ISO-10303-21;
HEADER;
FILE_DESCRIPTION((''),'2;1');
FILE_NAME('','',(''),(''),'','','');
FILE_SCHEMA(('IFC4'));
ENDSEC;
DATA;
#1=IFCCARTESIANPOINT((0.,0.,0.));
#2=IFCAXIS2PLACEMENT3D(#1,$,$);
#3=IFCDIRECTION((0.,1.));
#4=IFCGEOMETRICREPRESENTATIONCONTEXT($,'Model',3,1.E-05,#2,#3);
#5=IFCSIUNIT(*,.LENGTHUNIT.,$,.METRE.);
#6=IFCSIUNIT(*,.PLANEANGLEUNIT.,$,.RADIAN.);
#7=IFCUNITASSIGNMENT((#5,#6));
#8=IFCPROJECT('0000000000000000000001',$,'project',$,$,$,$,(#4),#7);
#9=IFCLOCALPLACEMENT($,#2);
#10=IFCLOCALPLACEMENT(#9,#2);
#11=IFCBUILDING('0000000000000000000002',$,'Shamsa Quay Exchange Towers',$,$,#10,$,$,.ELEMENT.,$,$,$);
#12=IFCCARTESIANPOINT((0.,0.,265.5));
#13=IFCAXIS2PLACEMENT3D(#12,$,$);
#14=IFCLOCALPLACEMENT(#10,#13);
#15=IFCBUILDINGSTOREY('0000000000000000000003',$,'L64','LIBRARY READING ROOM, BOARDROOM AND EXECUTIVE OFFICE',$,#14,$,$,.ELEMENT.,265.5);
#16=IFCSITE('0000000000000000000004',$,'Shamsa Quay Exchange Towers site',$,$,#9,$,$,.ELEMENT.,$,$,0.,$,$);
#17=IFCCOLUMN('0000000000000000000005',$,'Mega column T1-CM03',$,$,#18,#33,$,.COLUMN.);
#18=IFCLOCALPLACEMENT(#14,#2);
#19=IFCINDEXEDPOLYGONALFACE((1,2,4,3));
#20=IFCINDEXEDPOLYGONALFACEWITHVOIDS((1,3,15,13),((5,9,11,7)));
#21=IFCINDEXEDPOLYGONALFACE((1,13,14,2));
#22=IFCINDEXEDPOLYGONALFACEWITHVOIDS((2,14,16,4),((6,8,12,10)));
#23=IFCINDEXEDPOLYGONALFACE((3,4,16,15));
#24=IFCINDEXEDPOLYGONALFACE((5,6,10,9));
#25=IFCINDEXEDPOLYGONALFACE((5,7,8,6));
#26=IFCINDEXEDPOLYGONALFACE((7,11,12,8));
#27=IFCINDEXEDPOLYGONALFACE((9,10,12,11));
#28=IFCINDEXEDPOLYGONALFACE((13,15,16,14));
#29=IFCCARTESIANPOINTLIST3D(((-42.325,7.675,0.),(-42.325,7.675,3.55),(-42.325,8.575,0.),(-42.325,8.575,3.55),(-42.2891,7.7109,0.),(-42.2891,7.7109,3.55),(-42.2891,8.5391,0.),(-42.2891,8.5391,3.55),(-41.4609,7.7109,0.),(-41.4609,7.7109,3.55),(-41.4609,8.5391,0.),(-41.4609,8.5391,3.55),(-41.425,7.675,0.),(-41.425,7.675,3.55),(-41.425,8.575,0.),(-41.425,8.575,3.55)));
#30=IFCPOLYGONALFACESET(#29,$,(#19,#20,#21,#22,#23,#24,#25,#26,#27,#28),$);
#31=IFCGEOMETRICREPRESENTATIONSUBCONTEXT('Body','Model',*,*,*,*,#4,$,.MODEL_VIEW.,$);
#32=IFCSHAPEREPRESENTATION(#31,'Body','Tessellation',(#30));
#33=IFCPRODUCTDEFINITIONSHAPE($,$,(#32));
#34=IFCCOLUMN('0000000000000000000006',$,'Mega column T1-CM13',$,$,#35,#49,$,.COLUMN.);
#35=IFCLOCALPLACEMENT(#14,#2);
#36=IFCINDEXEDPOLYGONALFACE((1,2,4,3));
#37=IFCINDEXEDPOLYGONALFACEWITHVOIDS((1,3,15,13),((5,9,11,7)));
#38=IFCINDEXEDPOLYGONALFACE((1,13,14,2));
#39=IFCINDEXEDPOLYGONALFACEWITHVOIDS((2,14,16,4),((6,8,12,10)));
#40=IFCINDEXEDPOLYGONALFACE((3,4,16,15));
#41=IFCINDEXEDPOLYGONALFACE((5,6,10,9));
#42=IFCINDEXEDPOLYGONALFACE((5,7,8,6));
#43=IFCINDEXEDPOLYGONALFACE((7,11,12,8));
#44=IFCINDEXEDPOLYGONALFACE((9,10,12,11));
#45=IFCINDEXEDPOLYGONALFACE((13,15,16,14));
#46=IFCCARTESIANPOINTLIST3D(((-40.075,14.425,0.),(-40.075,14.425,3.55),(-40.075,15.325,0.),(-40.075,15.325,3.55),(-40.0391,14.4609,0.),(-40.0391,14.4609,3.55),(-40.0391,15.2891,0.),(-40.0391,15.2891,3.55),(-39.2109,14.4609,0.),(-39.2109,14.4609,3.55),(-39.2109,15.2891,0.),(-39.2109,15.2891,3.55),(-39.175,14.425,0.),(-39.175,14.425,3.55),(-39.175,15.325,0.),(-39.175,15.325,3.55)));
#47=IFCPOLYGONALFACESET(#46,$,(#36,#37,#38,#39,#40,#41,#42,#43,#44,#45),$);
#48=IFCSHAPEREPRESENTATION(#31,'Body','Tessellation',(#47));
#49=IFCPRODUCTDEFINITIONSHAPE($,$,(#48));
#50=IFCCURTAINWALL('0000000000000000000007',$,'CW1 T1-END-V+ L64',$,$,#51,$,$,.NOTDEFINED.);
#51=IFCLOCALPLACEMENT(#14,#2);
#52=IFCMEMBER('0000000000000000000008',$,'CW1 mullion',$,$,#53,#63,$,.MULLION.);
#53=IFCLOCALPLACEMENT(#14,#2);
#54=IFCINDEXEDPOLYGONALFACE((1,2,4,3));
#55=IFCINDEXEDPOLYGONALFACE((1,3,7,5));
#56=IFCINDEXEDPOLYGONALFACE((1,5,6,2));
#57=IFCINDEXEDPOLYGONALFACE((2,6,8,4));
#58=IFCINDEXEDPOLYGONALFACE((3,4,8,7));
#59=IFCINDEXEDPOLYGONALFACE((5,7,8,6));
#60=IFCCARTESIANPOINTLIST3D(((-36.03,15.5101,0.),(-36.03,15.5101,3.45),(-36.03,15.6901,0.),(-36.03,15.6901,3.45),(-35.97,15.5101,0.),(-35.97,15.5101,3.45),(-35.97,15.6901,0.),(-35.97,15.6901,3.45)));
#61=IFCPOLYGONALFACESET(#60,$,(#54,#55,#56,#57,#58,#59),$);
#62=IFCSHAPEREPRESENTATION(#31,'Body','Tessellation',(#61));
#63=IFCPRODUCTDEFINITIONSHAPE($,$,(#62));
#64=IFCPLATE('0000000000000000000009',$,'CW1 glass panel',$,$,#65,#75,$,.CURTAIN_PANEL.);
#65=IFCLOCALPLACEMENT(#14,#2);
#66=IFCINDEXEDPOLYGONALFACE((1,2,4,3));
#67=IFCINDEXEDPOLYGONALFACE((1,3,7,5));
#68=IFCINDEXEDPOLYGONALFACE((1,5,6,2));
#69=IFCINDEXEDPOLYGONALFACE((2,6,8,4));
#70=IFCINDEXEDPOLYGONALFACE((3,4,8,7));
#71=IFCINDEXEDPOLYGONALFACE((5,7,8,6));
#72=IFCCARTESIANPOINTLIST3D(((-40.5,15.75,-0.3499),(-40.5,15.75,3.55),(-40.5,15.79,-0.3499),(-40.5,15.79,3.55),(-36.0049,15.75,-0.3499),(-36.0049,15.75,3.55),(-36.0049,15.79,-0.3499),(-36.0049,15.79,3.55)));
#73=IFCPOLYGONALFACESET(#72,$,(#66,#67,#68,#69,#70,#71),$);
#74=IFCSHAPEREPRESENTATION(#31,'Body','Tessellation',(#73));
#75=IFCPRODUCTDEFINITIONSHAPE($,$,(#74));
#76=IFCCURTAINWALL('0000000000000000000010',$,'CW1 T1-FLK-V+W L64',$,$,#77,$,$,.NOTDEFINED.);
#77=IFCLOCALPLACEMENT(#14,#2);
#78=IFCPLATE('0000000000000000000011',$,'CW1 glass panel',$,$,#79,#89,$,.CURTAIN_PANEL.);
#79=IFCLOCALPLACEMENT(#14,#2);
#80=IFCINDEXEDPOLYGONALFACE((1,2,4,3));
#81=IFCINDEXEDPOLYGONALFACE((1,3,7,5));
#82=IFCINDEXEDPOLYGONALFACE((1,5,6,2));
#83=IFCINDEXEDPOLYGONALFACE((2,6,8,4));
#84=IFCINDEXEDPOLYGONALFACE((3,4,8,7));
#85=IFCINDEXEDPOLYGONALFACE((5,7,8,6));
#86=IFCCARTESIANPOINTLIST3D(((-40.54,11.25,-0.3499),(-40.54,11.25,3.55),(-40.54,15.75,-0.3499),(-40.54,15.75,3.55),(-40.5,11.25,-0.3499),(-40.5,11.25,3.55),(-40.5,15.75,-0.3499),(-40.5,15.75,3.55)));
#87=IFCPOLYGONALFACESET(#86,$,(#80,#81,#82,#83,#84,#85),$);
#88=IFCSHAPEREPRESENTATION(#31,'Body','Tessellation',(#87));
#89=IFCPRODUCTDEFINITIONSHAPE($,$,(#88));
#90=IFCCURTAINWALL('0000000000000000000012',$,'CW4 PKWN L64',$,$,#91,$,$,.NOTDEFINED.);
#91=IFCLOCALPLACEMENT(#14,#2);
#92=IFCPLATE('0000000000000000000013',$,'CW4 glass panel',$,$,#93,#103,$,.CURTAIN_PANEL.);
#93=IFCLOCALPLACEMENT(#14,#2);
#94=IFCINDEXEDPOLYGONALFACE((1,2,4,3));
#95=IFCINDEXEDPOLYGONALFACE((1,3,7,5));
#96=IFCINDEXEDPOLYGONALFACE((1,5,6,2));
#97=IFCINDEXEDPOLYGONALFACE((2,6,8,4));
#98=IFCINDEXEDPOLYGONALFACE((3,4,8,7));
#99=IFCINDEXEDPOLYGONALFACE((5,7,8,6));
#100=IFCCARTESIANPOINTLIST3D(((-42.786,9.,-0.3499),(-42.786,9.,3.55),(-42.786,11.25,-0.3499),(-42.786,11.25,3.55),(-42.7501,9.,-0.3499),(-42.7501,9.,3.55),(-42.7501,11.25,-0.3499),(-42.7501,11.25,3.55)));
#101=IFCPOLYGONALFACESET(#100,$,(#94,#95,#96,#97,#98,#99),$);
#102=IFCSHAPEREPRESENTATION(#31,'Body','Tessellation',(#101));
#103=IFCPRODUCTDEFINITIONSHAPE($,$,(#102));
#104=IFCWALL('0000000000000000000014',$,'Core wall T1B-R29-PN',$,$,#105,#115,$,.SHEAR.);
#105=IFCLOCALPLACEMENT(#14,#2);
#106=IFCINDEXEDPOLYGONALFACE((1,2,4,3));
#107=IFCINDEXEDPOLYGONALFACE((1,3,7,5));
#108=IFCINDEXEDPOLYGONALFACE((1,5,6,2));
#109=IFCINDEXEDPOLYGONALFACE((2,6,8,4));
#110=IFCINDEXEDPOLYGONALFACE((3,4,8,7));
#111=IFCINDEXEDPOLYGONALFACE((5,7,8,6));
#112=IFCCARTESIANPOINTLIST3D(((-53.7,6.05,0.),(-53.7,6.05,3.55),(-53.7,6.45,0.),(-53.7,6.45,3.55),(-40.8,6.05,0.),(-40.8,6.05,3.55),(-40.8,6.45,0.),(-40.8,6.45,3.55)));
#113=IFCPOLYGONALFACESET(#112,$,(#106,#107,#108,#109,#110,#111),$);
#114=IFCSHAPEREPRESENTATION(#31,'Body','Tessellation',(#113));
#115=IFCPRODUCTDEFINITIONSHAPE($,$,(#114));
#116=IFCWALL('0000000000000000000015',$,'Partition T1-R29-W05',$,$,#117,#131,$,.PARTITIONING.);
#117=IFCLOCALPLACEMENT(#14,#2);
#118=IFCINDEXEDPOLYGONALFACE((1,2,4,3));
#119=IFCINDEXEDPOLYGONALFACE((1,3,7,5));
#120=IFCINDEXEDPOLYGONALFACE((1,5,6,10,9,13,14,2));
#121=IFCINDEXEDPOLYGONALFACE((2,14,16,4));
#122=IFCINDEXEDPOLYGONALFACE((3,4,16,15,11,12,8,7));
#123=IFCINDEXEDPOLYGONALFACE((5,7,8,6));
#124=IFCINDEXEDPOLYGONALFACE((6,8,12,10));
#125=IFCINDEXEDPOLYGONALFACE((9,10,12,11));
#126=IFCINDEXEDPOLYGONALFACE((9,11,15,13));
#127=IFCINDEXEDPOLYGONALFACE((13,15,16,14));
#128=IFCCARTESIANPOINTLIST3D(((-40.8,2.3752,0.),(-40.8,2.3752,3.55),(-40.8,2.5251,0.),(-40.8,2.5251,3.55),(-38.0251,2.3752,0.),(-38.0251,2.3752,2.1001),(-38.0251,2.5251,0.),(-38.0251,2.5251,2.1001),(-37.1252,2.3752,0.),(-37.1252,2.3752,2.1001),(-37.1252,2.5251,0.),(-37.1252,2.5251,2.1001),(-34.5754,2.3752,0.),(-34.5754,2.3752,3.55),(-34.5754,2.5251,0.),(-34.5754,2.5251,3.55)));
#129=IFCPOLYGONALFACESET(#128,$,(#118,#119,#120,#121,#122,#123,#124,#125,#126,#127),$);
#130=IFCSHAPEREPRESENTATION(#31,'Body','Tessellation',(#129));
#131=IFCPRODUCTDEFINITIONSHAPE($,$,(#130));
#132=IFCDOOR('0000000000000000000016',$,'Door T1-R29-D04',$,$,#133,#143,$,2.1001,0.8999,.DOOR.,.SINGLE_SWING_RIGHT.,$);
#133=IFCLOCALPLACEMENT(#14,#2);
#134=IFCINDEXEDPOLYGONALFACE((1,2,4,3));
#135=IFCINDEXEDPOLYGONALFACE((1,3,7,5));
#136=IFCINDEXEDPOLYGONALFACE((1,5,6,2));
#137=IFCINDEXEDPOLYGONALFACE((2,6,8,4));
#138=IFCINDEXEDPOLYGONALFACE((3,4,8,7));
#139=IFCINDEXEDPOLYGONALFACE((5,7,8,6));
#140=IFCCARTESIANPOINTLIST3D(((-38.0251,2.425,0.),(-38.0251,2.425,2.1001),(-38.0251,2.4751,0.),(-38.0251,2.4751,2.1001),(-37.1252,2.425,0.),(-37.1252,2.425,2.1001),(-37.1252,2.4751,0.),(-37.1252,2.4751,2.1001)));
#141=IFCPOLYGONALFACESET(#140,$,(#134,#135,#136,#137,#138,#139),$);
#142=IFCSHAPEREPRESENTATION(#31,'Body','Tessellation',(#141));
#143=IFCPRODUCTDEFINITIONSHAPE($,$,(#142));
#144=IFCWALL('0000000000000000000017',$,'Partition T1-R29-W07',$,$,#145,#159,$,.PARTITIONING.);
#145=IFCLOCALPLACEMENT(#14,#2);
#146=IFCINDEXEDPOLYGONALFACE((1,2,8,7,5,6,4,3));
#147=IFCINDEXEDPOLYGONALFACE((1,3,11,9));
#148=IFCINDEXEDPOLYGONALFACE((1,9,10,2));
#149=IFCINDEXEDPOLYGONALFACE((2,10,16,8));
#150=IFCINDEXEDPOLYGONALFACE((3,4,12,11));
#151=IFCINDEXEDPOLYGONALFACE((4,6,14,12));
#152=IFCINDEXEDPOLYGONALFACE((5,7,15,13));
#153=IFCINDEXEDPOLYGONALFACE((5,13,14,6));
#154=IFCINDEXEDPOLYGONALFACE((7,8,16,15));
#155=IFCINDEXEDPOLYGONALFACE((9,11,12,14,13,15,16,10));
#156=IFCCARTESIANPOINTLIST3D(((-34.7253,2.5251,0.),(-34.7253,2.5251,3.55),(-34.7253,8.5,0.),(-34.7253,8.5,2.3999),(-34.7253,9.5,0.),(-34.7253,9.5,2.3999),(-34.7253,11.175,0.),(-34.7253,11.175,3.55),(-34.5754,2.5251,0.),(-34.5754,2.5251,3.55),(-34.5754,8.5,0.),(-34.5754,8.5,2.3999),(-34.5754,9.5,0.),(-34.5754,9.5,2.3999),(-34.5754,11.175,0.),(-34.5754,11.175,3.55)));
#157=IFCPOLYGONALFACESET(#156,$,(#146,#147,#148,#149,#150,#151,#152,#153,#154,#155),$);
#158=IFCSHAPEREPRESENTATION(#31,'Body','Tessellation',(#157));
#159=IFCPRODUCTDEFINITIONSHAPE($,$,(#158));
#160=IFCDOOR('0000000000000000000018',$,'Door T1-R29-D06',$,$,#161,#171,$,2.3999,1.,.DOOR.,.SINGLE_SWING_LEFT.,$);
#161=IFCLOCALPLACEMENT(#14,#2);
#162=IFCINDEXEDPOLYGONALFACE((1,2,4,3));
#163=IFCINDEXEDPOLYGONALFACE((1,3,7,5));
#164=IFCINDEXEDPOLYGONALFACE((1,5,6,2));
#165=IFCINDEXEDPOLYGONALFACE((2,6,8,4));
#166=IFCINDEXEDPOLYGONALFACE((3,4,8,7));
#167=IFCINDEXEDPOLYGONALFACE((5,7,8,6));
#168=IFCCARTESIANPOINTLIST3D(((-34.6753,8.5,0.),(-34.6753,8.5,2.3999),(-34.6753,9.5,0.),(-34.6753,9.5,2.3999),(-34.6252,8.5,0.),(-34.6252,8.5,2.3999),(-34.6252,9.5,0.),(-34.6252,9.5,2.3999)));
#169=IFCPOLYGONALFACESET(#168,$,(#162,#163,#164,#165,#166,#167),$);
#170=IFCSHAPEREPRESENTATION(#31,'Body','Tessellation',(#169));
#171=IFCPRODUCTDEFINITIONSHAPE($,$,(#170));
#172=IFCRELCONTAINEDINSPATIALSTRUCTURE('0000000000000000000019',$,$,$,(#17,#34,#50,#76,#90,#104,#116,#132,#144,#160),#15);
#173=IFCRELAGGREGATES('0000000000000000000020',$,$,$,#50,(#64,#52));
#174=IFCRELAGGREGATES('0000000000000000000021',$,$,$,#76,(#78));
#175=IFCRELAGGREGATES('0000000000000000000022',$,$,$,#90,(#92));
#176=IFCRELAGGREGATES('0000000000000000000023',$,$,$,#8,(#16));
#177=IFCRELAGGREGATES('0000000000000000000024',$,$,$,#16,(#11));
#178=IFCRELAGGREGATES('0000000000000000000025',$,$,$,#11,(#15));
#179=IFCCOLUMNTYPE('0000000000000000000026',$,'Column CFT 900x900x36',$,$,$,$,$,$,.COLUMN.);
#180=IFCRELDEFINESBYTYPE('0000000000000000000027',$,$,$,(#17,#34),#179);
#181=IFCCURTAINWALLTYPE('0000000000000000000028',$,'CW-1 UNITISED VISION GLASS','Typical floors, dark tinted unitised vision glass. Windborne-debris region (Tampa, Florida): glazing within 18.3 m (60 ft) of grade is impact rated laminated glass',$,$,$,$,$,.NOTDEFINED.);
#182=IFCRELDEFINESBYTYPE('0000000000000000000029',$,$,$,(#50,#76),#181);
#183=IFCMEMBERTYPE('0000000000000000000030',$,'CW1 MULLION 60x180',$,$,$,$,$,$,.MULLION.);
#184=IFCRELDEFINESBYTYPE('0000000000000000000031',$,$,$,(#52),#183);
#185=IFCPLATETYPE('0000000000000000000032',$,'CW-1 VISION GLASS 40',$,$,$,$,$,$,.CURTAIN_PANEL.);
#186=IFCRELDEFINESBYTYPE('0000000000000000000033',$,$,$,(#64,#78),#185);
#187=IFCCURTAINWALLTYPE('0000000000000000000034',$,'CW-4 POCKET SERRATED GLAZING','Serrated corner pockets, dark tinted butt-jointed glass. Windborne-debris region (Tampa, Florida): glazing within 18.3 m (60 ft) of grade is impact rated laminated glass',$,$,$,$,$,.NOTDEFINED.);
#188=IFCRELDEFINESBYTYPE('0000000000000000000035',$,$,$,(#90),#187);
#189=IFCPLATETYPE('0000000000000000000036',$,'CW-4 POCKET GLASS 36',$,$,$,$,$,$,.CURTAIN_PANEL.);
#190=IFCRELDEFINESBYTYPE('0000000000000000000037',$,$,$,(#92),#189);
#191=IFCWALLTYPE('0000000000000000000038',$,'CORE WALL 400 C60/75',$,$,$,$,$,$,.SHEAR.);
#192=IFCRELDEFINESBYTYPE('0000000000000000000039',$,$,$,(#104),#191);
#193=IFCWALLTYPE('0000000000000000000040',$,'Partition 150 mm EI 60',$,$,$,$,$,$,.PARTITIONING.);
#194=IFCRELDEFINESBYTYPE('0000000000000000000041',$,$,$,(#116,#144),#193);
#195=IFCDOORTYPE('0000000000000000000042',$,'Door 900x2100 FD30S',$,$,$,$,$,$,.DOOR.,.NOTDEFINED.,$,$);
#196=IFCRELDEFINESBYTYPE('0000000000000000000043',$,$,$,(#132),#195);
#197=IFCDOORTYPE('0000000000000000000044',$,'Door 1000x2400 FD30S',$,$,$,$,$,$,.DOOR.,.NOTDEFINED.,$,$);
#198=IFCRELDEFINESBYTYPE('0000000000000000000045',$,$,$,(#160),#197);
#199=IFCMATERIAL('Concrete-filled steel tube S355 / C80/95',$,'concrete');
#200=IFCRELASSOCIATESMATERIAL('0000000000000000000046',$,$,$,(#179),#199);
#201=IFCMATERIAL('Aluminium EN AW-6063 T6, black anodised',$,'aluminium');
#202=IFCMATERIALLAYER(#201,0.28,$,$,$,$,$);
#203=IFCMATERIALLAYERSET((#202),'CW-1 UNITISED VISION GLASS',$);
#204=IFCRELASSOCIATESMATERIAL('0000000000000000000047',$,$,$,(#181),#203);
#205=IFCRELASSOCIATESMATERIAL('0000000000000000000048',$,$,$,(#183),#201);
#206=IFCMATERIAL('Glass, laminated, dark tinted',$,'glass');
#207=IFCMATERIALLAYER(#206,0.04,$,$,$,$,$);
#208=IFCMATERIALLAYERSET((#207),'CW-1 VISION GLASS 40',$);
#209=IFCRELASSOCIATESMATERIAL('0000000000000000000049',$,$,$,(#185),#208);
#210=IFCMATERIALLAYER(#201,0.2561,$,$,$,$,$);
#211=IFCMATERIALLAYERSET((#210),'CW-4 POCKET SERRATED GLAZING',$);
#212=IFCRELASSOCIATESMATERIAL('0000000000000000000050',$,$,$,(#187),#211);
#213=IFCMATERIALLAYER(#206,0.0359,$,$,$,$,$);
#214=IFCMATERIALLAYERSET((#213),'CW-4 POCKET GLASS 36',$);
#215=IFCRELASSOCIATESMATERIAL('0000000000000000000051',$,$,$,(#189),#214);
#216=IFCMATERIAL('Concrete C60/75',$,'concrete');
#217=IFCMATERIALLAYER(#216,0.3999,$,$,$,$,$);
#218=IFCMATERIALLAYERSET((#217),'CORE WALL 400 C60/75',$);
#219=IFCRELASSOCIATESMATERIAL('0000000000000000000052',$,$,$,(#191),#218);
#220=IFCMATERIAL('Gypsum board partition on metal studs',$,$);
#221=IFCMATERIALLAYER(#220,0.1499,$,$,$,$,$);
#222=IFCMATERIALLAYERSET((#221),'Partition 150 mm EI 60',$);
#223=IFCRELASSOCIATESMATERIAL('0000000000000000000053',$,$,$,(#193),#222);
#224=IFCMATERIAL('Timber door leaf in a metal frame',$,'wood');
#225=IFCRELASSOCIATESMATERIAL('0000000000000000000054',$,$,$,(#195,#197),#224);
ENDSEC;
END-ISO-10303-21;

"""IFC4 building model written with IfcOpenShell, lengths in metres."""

from ifc_helpers import new_model, si_unit, direction, frame, frame_2d, origin, origin_2d, place, context, subcontext, project, spatial, rectangle, hollow_rectangle, extrude, material, layer, layer_set, material_profile, profile_set, type_object, element, fill, aggregate, save


model = new_model("IFC4")

# Units and contexts
model_context = context("Model", 3, precision=1e-05, world=origin(), true_north=direction((0.0, 1.0)))
body_context = subcontext(model_context, "Body", "Model", "MODEL_VIEW")
ifc_project = project(units=[si_unit("LENGTHUNIT", "METRE"), si_unit("PLANEANGLEUNIT", "RADIAN")], contexts=[model_context])

# Site, building, storey
site_placement = place(None, origin())
site = spatial("IfcSite", under=ifc_project, at=site_placement, Name="Shamsa Quay Exchange Towers site", CompositionType="ELEMENT", RefElevation=0.0)
building_placement = place(site_placement, origin())
building = spatial("IfcBuilding", under=site, at=building_placement, Name="Shamsa Quay Exchange Towers", CompositionType="ELEMENT")
storey_placement = place(building_placement, frame((0.0, 0.0, 265.5)))
storey = spatial("IfcBuildingStorey", under=building, at=storey_placement, Name="L64", Description="LIBRARY READING ROOM, BOARDROOM AND EXECUTIVE OFFICE", CompositionType="ELEMENT", Elevation=265.5)

# Columns
ifc_material_1 = material(Name="Concrete-filled steel tube S355 / C80/95", Category="concrete")
ifc_material_profile_1 = material_profile(ifc_material_1, hollow_rectangle(XDim=0.8999, YDim=0.8999, WallThickness=0.0359, at=origin_2d()), Name="CFT 900x900x36")
ifc_profile_set_1 = profile_set([ifc_material_profile_1], Name="Concrete-filled steel tube S355 / C80/95")
column_type = type_object("IfcColumnType", Name="Column CFT 900x900x36", PredefinedType="COLUMN", material=ifc_profile_set_1)
for number, where, name in (
    (1, (-41.875, 8.125, 0.0), "Mega column T1-CM03"),
    (2, (-39.625, 14.875, 0.0), "Mega column T1-CM13"),
):
    element("IfcColumn", number, at=place(storey_placement, frame(where)), inside=storey, type_object=column_type, Name=name, PredefinedType="COLUMN", context=body_context, shape_type="SweptSolid", body=[
        extrude(hollow_rectangle(XDim=0.8999, YDim=0.8999, WallThickness=0.0359, at=origin_2d()), origin(), (0.0, 0.0, 1.0), 3.55),
    ])

# Curtain wall, member, plate
ifc_material_2 = material(Name="Aluminium EN AW-6063 T6, black anodised", Category="aluminium")
ifc_layer_1 = layer(ifc_material_2, 0.28)
ifc_layer_set_1 = layer_set([ifc_layer_1], Name="CW-1 UNITISED VISION GLASS")
curtain_wall_type_1 = type_object("IfcCurtainWallType", Name="CW-1 UNITISED VISION GLASS", Description="Typical floors, dark tinted unitised vision glass. Windborne-debris region (Tampa, Florida): glazing within 18.3 m (60 ft) of grade is impact rated laminated glass", PredefinedType="NOTDEFINED", material=ifc_layer_set_1)
curtain_wall_1_placement = place(storey_placement, origin())
curtain_wall_1 = element("IfcCurtainWall", 3, at=curtain_wall_1_placement, inside=storey, type_object=curtain_wall_type_1, Name="CW1 T1-END-V+ L64", PredefinedType="NOTDEFINED")
ifc_material_profile_2 = material_profile(ifc_material_2, rectangle(XDim=0.1799, YDim=0.0601, at=origin_2d()), Name="MU60x180")
ifc_profile_set_2 = profile_set([ifc_material_profile_2], Name="Aluminium EN AW-6063 T6, black anodised")
member_type = type_object("IfcMemberType", Name="CW1 MULLION 60x180", PredefinedType="MULLION", material=ifc_profile_set_2)
member_placement = place(storey_placement, frame((-36.0, 15.6001, 0.0), z_axis=(0.0, 0.0, 1.0), x_axis=(0.0, -1.0, 0.0)))
member = element("IfcMember", 4, at=member_placement, type_object=member_type, Name="CW1 mullion", PredefinedType="MULLION", context=body_context, shape_type="SweptSolid", body=[
    extrude(rectangle(XDim=0.1799, YDim=0.0601, at=origin_2d()), origin(), (0.0, 0.0, 1.0), 3.45),
])
ifc_material_3 = material(Name="Glass, laminated, dark tinted", Category="glass")
ifc_layer_2 = layer(ifc_material_3, 0.04)
ifc_layer_set_2 = layer_set([ifc_layer_2], Name="CW-1 VISION GLASS 40")
plate_type_1 = type_object("IfcPlateType", Name="CW-1 VISION GLASS 40", PredefinedType="CURTAIN_PANEL", material=ifc_layer_set_2)
plate_1_placement = place(storey_placement, frame((-38.2524, 15.77, -0.3499), z_axis=(0.0, 0.0, 1.0), x_axis=(-1.0, 0.0, 0.0)))
plate_1 = element("IfcPlate", 5, at=plate_1_placement, type_object=plate_type_1, Name="CW1 glass panel", PredefinedType="CURTAIN_PANEL", context=body_context, shape_type="SweptSolid", body=[
    extrude(rectangle(XDim=4.4951, YDim=0.04, at=origin_2d()), origin(), (0.0, 0.0, 1.0), 3.8999),
])
aggregate(curtain_wall_1, [plate_1, member])

# Curtain walls, plates
curtain_wall_2_placement = place(storey_placement, origin())
curtain_wall_2 = element("IfcCurtainWall", 6, at=curtain_wall_2_placement, inside=storey, type_object=curtain_wall_type_1, Name="CW1 T1-FLK-V+W L64", PredefinedType="NOTDEFINED")
plate_2_placement = place(storey_placement, frame((-40.52, 13.5, -0.3499), z_axis=(0.0, 0.0, 1.0), x_axis=(0.0, -1.0, 0.0)))
plate_2 = element("IfcPlate", 7, at=plate_2_placement, type_object=plate_type_1, Name="CW1 glass panel", PredefinedType="CURTAIN_PANEL", context=body_context, shape_type="SweptSolid", body=[
    extrude(rectangle(XDim=4.5, YDim=0.04, at=origin_2d()), origin(), (0.0, 0.0, 1.0), 3.8999),
])
aggregate(curtain_wall_2, [plate_2])
ifc_layer_3 = layer(ifc_material_2, 0.2561)
ifc_layer_set_3 = layer_set([ifc_layer_3], Name="CW-4 POCKET SERRATED GLAZING")
curtain_wall_type_2 = type_object("IfcCurtainWallType", Name="CW-4 POCKET SERRATED GLAZING", Description="Serrated corner pockets, dark tinted butt-jointed glass. Windborne-debris region (Tampa, Florida): glazing within 18.3 m (60 ft) of grade is impact rated laminated glass", PredefinedType="NOTDEFINED", material=ifc_layer_set_3)
curtain_wall_3_placement = place(storey_placement, origin())
curtain_wall_3 = element("IfcCurtainWall", 8, at=curtain_wall_3_placement, inside=storey, type_object=curtain_wall_type_2, Name="CW4 PKWN L64", PredefinedType="NOTDEFINED")
ifc_layer_4 = layer(ifc_material_3, 0.0359)
ifc_layer_set_4 = layer_set([ifc_layer_4], Name="CW-4 POCKET GLASS 36")
plate_type_2 = type_object("IfcPlateType", Name="CW-4 POCKET GLASS 36", PredefinedType="CURTAIN_PANEL", material=ifc_layer_set_4)
plate_3_placement = place(storey_placement, frame((-42.7681, 10.125, -0.3499), z_axis=(0.0, 0.0, 1.0), x_axis=(0.0, -1.0, 0.0)))
plate_3 = element("IfcPlate", 9, at=plate_3_placement, type_object=plate_type_2, Name="CW4 glass panel", PredefinedType="CURTAIN_PANEL", context=body_context, shape_type="SweptSolid", body=[
    extrude(rectangle(XDim=2.25, YDim=0.0359, at=origin_2d()), origin(), (0.0, 0.0, 1.0), 3.8999),
])
aggregate(curtain_wall_3, [plate_3])

# Wall
ifc_material_4 = material(Name="Concrete C60/75", Category="concrete")
ifc_layer_5 = layer(ifc_material_4, 0.3999)
ifc_layer_set_5 = layer_set([ifc_layer_5], Name="CORE WALL 400 C60/75")
wall_type_1 = type_object("IfcWallType", Name="CORE WALL 400 C60/75", PredefinedType="SHEAR", material=ifc_layer_set_5)
wall_1_placement = place(storey_placement, frame((-40.8, 6.25, 0.0), z_axis=(0.0, 0.0, 1.0), x_axis=(-1.0, 0.0, 0.0)))
element("IfcWall", 10, at=wall_1_placement, inside=storey, type_object=wall_type_1, Name="Core wall T1B-R29-PN", PredefinedType="SHEAR", context=body_context, shape_type="SweptSolid", body=[
    extrude(rectangle(XDim=12.8999, YDim=0.3999, at=frame_2d((6.45, 0.0))), origin(), (0.0, 0.0, 1.0), 3.55),
])

# Walls, openings, doors
ifc_material_5 = material(Name="Gypsum board partition on metal studs")
ifc_layer_6 = layer(ifc_material_5, 0.1499)
ifc_layer_set_6 = layer_set([ifc_layer_6], Name="Partition 150 mm EI 60")
wall_type_2 = type_object("IfcWallType", Name="Partition 150 mm EI 60", PredefinedType="PARTITIONING", material=ifc_layer_set_6)
wall_2_placement = place(storey_placement, frame((-40.8, 2.4502, 0.0)))
wall_2 = element("IfcWall", 11, at=wall_2_placement, inside=storey, type_object=wall_type_2, Name="Partition T1-R29-W05", PredefinedType="PARTITIONING", context=body_context, shape_type="SweptSolid", body=[
    extrude(rectangle(XDim=6.2246, YDim=0.1499, at=frame_2d((3.1123, 0.0))), origin(), (0.0, 0.0, 1.0), 3.55),
])
opening_1_placement = place(wall_2_placement, frame((2.7749, 0.0, 0.0)))
opening_1 = element("IfcOpeningElement", 12, at=opening_1_placement, cuts=wall_2, PredefinedType="OPENING", context=body_context, shape_type="SweptSolid", body=[
    extrude(rectangle(XDim=0.8999, YDim=2.1001, at=frame_2d((0.45, 1.05))), frame((0.0, 0.085, 0.0), z_axis=(0.0, -1.0, 0.0), x_axis=(1.0, 0.0, 0.0)), (0.0, 0.0, 1.0), 0.1699),
])
ifc_material_6 = material(Name="Timber door leaf in a metal frame", Category="wood")
door_type_1 = type_object("IfcDoorType", Name="Door 900x2100 FD30S", OperationType="NOTDEFINED", PredefinedType="DOOR", material=ifc_material_6)
door_1_placement = place(opening_1_placement, origin())
door_1 = element("IfcDoor", 13, at=door_1_placement, inside=storey, type_object=door_type_1, Name="Door T1-R29-D04", OperationType="SINGLE_SWING_RIGHT", OverallHeight=2.1001, OverallWidth=0.8999, PredefinedType="DOOR", context=body_context, shape_type="SweptSolid", body=[
    extrude(rectangle(XDim=0.8999, YDim=2.1001, at=frame_2d((0.45, 1.05))), frame((0.0, 0.0249, 0.0), z_axis=(0.0, -1.0, 0.0), x_axis=(1.0, 0.0, 0.0)), (0.0, 0.0, 1.0), 0.05),
])
fill(opening_1, door_1)
wall_3_placement = place(storey_placement, frame((-34.6504, 2.5251, 0.0), z_axis=(0.0, 0.0, 1.0), x_axis=(0.0, 1.0, 0.0)))
wall_3 = element("IfcWall", 14, at=wall_3_placement, inside=storey, type_object=wall_type_2, Name="Partition T1-R29-W07", PredefinedType="PARTITIONING", context=body_context, shape_type="SweptSolid", body=[
    extrude(rectangle(XDim=8.6499, YDim=0.1499, at=frame_2d((4.325, 0.0))), origin(), (0.0, 0.0, 1.0), 3.55),
])
opening_2_placement = place(wall_3_placement, frame((5.9749, 0.0, 0.0)))
opening_2 = element("IfcOpeningElement", 15, at=opening_2_placement, cuts=wall_3, PredefinedType="OPENING", context=body_context, shape_type="SweptSolid", body=[
    extrude(rectangle(XDim=1.0, YDim=2.3999, at=frame_2d((0.5, 1.2))), frame((0.0, 0.085, 0.0), z_axis=(0.0, -1.0, 0.0), x_axis=(1.0, 0.0, 0.0)), (0.0, 0.0, 1.0), 0.1699),
])
door_type_2 = type_object("IfcDoorType", Name="Door 1000x2400 FD30S", OperationType="NOTDEFINED", PredefinedType="DOOR", material=ifc_material_6)
door_2_placement = place(opening_2_placement, origin())
door_2 = element("IfcDoor", 16, at=door_2_placement, inside=storey, type_object=door_type_2, Name="Door T1-R29-D06", OperationType="SINGLE_SWING_LEFT", OverallHeight=2.3999, OverallWidth=1.0, PredefinedType="DOOR", context=body_context, shape_type="SweptSolid", body=[
    extrude(rectangle(XDim=1.0, YDim=2.3999, at=frame_2d((0.5, 1.2))), frame((0.0, 0.0249, 0.0), z_axis=(0.0, -1.0, 0.0), x_axis=(1.0, 0.0, 0.0)), (0.0, 0.0, 1.0), 0.05),
])
fill(opening_2, door_2)

save(model, "model.ifc")
